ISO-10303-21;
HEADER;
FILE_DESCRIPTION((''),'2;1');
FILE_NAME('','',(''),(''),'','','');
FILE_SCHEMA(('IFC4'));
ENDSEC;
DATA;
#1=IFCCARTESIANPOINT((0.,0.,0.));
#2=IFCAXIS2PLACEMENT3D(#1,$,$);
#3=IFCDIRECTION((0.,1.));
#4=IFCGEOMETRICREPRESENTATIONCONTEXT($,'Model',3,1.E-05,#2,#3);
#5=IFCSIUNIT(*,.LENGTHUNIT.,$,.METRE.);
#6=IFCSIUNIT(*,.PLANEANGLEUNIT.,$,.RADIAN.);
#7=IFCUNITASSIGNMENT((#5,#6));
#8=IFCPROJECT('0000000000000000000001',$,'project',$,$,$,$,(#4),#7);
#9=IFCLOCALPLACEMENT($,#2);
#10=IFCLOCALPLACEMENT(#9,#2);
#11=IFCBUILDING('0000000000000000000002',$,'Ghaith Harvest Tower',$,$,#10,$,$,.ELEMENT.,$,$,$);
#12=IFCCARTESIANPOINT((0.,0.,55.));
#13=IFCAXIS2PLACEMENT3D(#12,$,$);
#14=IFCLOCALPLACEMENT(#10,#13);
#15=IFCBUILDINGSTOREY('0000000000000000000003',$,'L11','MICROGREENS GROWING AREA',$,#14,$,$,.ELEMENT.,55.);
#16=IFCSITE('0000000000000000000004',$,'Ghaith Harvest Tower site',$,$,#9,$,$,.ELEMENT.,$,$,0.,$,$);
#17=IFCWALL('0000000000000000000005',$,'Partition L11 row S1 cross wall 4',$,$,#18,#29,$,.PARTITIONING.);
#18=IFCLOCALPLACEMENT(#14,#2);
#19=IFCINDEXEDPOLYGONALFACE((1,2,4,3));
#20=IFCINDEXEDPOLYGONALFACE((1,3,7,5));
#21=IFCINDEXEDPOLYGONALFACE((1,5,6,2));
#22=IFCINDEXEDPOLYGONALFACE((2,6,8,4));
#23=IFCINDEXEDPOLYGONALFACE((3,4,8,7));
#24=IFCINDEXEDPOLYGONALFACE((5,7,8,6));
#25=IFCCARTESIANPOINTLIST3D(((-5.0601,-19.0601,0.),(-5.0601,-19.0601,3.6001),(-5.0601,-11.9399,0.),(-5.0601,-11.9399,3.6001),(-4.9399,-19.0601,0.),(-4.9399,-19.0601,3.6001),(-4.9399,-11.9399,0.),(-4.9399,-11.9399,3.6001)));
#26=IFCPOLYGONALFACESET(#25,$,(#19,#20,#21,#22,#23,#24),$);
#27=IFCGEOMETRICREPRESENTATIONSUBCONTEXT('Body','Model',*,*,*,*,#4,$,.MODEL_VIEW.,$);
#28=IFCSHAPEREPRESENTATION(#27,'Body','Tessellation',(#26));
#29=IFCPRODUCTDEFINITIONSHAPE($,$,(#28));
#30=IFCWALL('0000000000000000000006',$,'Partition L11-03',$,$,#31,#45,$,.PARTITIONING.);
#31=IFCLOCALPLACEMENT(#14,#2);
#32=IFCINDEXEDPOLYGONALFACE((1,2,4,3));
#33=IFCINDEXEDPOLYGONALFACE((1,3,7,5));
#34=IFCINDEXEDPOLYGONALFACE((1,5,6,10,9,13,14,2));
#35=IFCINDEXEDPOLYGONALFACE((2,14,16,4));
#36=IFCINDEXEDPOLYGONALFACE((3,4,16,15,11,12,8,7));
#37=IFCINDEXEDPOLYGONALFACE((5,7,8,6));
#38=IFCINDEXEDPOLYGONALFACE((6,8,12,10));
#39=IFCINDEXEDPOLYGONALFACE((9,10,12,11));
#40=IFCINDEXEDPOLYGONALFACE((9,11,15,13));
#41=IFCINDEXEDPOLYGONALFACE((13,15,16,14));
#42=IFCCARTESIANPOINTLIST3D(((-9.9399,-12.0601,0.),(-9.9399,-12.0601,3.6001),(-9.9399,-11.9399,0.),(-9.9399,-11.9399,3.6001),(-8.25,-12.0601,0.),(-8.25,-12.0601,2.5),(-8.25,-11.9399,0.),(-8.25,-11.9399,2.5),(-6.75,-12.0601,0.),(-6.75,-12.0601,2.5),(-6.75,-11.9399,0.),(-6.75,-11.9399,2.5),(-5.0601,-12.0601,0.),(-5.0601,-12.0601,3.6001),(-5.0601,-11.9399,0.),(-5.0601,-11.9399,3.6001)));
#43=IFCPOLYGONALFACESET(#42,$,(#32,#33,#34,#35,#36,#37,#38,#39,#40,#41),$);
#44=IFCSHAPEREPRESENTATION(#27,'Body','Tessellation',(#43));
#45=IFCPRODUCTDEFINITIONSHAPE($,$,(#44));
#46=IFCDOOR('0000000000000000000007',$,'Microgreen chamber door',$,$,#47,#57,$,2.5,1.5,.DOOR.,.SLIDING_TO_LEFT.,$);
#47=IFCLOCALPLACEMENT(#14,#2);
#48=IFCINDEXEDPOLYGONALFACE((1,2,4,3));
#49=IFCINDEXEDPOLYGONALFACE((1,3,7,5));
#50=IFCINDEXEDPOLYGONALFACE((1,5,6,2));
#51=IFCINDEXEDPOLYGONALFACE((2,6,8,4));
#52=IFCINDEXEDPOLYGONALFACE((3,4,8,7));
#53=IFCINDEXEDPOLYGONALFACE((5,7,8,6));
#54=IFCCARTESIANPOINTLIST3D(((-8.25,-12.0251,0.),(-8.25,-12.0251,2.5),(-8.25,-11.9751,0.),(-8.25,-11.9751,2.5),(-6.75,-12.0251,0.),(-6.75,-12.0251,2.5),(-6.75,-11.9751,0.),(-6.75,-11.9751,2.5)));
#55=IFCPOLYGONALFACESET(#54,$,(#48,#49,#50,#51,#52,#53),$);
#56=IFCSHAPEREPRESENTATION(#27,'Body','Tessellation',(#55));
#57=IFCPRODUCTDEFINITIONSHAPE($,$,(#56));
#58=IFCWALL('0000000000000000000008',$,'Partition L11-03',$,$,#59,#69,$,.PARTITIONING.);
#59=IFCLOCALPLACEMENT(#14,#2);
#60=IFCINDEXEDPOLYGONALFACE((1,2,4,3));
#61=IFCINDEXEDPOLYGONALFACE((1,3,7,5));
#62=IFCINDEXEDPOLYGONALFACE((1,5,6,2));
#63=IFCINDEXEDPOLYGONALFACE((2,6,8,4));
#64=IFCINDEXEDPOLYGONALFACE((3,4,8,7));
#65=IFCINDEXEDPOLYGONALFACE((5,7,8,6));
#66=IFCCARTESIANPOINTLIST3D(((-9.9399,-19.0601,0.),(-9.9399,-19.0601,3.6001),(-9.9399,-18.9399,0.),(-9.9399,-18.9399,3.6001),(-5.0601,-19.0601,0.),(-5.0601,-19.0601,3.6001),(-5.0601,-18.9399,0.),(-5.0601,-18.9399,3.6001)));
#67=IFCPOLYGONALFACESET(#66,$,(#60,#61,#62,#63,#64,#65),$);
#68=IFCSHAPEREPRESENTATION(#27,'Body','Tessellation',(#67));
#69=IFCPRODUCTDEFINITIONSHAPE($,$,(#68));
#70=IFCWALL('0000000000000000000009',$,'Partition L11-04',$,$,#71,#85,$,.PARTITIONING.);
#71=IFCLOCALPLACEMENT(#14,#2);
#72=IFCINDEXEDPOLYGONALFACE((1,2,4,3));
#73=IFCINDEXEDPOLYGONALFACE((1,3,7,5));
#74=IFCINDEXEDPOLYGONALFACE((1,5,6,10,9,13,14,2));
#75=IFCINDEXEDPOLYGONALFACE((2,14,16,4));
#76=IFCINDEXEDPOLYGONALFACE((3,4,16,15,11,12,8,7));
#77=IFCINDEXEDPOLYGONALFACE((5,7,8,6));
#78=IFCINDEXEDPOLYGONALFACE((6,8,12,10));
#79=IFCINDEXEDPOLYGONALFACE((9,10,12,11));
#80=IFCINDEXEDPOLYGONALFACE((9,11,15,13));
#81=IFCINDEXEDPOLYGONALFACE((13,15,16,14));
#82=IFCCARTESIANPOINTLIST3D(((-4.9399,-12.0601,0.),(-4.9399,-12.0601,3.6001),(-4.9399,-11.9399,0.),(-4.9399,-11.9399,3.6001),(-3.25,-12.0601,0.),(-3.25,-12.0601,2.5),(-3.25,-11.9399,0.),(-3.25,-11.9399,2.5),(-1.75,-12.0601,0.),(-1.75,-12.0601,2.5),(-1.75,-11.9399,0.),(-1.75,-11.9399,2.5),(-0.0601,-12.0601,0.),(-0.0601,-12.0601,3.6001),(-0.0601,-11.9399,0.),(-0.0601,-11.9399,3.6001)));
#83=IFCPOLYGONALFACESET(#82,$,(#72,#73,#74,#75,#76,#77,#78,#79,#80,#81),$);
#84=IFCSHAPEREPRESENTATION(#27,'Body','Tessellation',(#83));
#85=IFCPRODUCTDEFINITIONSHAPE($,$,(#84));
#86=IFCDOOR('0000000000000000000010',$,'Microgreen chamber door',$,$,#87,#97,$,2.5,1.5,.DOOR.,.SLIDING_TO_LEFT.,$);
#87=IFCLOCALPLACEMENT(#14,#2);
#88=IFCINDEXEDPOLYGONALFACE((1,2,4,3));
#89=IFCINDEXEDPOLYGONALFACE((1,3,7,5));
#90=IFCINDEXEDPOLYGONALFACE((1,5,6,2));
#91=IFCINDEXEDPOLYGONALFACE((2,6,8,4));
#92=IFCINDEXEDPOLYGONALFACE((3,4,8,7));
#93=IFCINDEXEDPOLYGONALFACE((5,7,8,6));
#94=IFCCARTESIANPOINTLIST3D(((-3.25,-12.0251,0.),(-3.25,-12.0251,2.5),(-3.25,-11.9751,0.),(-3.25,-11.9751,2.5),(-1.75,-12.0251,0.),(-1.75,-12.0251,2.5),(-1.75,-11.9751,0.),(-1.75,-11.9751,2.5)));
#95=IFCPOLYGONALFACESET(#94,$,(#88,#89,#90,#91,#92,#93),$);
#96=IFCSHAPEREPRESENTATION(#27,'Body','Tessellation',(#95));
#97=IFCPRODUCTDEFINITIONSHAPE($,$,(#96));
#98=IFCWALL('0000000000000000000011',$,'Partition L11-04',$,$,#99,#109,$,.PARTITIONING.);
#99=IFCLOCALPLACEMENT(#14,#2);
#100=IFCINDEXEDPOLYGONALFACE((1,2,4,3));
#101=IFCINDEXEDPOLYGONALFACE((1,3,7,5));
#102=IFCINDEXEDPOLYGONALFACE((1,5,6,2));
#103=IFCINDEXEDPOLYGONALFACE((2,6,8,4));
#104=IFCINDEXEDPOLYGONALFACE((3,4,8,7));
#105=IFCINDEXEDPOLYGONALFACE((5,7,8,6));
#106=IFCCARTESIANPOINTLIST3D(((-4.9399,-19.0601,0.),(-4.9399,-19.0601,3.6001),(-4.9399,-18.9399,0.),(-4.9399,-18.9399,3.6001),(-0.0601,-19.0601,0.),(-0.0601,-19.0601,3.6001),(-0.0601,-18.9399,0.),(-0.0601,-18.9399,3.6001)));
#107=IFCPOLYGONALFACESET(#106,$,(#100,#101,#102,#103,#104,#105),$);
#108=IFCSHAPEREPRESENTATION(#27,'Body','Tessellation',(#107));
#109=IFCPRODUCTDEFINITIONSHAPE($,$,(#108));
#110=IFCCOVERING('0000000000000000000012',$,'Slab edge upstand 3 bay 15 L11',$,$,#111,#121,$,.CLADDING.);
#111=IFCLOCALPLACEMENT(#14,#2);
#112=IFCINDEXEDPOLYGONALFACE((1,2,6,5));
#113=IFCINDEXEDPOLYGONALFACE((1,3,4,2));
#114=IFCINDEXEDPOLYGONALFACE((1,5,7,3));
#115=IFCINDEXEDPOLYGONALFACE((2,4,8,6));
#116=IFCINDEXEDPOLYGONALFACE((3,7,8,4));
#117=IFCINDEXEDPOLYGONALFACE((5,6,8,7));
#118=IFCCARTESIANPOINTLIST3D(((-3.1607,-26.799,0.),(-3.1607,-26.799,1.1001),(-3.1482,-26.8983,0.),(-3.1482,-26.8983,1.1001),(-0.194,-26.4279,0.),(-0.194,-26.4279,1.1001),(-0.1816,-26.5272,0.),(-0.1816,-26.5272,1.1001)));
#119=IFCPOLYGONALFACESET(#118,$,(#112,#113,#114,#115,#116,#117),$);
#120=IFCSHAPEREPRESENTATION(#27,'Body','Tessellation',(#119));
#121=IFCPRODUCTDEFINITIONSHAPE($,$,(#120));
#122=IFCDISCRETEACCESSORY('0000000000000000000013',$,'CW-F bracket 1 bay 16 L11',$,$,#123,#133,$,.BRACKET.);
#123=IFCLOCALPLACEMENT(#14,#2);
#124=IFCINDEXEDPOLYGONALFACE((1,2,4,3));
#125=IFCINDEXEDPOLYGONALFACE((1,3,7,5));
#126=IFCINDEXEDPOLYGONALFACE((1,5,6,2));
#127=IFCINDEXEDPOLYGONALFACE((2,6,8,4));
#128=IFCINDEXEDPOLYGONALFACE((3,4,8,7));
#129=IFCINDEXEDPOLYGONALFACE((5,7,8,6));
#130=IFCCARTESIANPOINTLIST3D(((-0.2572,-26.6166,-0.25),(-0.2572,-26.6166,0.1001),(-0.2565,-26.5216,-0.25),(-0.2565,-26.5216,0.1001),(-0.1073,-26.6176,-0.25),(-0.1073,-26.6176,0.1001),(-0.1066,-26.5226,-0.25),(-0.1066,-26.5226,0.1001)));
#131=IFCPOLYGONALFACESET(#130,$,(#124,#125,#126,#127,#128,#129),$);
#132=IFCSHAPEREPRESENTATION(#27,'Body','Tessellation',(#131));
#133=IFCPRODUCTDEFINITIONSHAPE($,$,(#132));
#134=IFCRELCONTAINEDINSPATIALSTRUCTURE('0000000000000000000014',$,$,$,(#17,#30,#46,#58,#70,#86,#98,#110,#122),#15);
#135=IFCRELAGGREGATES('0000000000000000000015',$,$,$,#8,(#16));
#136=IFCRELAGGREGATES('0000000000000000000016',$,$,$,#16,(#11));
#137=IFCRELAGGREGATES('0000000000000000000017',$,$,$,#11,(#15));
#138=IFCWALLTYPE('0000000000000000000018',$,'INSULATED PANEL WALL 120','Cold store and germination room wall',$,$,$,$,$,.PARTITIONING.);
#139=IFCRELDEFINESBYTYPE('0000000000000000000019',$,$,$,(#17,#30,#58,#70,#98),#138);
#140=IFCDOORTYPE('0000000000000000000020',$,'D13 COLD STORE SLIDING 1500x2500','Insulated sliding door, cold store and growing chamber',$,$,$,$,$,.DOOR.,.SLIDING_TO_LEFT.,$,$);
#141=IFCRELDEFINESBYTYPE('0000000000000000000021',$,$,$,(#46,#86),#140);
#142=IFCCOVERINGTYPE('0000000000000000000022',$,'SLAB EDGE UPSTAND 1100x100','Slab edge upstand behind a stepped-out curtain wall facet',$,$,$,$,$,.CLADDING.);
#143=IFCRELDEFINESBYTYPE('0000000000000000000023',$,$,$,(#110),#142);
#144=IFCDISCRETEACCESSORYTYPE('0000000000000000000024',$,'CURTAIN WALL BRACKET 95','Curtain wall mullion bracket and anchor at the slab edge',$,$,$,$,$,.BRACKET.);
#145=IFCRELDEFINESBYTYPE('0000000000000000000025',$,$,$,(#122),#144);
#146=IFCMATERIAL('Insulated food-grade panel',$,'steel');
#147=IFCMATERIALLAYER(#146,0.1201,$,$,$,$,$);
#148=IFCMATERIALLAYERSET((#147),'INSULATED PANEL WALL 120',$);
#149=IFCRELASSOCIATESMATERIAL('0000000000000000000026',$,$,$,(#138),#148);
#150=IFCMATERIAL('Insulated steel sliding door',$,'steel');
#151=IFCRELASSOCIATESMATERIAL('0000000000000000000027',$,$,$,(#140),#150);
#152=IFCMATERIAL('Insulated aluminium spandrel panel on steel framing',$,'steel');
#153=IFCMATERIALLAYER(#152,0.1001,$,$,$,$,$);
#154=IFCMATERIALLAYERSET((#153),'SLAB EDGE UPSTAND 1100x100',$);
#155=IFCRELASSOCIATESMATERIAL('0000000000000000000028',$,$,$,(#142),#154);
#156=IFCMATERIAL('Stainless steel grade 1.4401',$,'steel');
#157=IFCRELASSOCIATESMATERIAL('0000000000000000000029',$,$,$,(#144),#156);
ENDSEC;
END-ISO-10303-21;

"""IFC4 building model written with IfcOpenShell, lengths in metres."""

from ifc_helpers import new_model, si_unit, direction, frame, frame_2d, origin, origin_2d, place, context, subcontext, project, spatial, rectangle, extrude, material, layer, layer_set, type_object, element, fill, save


model = new_model("IFC4")

# Units and contexts
model_context = context("Model", 3, precision=1e-05, world=origin(), true_north=direction((0.0, 1.0)))
body_context = subcontext(model_context, "Body", "Model", "MODEL_VIEW")
ifc_project = project(units=[si_unit("LENGTHUNIT", "METRE"), si_unit("PLANEANGLEUNIT", "RADIAN")], contexts=[model_context])

# Site, building, storey
site_placement = place(None, origin())
site = spatial("IfcSite", under=ifc_project, at=site_placement, Name="Ghaith Harvest Tower site", CompositionType="ELEMENT", RefElevation=0.0)
building_placement = place(site_placement, origin())
building = spatial("IfcBuilding", under=site, at=building_placement, Name="Ghaith Harvest Tower", CompositionType="ELEMENT")
storey_placement = place(building_placement, frame((0.0, 0.0, 55.0)))
storey = spatial("IfcBuildingStorey", under=building, at=storey_placement, Name="L11", Description="MICROGREENS GROWING AREA", CompositionType="ELEMENT", Elevation=55.0)

# Wall
ifc_material_1 = material(Name="Insulated food-grade panel", Category="steel")
ifc_layer_1 = layer(ifc_material_1, 0.1201)
ifc_layer_set_1 = layer_set([ifc_layer_1], Name="INSULATED PANEL WALL 120")
wall_type = type_object("IfcWallType", Name="INSULATED PANEL WALL 120", Description="Cold store and germination room wall", PredefinedType="PARTITIONING", material=ifc_layer_set_1)
for number, where, z_axis, x_axis, name in (
    (1, (-5.0, -11.9399, 0.0), (0.0, 0.0, 1.0), (0.0, -1.0, 0.0), "Partition L11 row S1 cross wall 4"),
):
    element("IfcWall", number, at=place(storey_placement, frame(where, z_axis=z_axis, x_axis=x_axis)), inside=storey, type_object=wall_type, Name=name, PredefinedType="PARTITIONING", context=body_context, shape_type="SweptSolid", body=[
        extrude(rectangle(XDim=7.1201, YDim=0.1201, at=frame_2d((3.5601, 0.0))), origin(), (0.0, 0.0, 1.0), 3.6001),
    ])

# Wall, opening, door
wall_1_placement = place(storey_placement, frame((-9.9399, -12.0, 0.0), z_axis=(0.0, 0.0, 1.0), x_axis=(1.0, 0.0, 0.0)))
wall_1 = element("IfcWall", 2, at=wall_1_placement, inside=storey, type_object=wall_type, Name="Partition L11-03", PredefinedType="PARTITIONING", context=body_context, shape_type="SweptSolid", body=[
    extrude(rectangle(XDim=4.8799, YDim=0.1201, at=frame_2d((2.4399, 0.0))), origin(), (0.0, 0.0, 1.0), 3.6001),
])
opening_1_placement = place(wall_1_placement, frame((1.6899, 0.0, 0.0)))
opening_1 = element("IfcOpeningElement", 3, at=opening_1_placement, cuts=wall_1, PredefinedType="OPENING", context=body_context, shape_type="SweptSolid", body=[
    extrude(rectangle(XDim=1.5, YDim=2.5, at=frame_2d((0.75, 1.25))), frame((0.0, 0.0701, 0.0), z_axis=(0.0, -1.0, 0.0), x_axis=(1.0, 0.0, 0.0)), (0.0, 0.0, 1.0), 0.1401),
])
ifc_material_2 = material(Name="Insulated steel sliding door", Category="steel")
door_type = type_object("IfcDoorType", Name="D13 COLD STORE SLIDING 1500x2500", Description="Insulated sliding door, cold store and growing chamber", OperationType="SLIDING_TO_LEFT", PredefinedType="DOOR", material=ifc_material_2)
door_1_placement = place(opening_1_placement, origin())
door_1 = element("IfcDoor", 4, at=door_1_placement, inside=storey, type_object=door_type, Name="Microgreen chamber door", OperationType="SLIDING_TO_LEFT", OverallHeight=2.5, OverallWidth=1.5, PredefinedType="DOOR", context=body_context, shape_type="SweptSolid", body=[
    extrude(rectangle(XDim=1.5, YDim=2.5, at=frame_2d((0.75, 1.25))), frame((0.0, 0.0249, 0.0), z_axis=(0.0, -1.0, 0.0), x_axis=(1.0, 0.0, 0.0)), (0.0, 0.0, 1.0), 0.05),
])
fill(opening_1, door_1)

# Wall
wall_2_placement = place(storey_placement, frame((-9.9399, -19.0, 0.0), z_axis=(0.0, 0.0, 1.0), x_axis=(1.0, 0.0, 0.0)))
element("IfcWall", 5, at=wall_2_placement, inside=storey, type_object=wall_type, Name="Partition L11-03", PredefinedType="PARTITIONING", context=body_context, shape_type="SweptSolid", body=[
    extrude(rectangle(XDim=4.8799, YDim=0.1201, at=frame_2d((2.4399, 0.0))), origin(), (0.0, 0.0, 1.0), 3.6001),
])

# Wall, opening, door
wall_3_placement = place(storey_placement, frame((-4.9399, -12.0, 0.0), z_axis=(0.0, 0.0, 1.0), x_axis=(1.0, 0.0, 0.0)))
wall_3 = element("IfcWall", 6, at=wall_3_placement, inside=storey, type_object=wall_type, Name="Partition L11-04", PredefinedType="PARTITIONING", context=body_context, shape_type="SweptSolid", body=[
    extrude(rectangle(XDim=4.8799, YDim=0.1201, at=frame_2d((2.4399, 0.0))), origin(), (0.0, 0.0, 1.0), 3.6001),
])
opening_2_placement = place(wall_3_placement, frame((1.6899, 0.0, 0.0)))
opening_2 = element("IfcOpeningElement", 7, at=opening_2_placement, cuts=wall_3, PredefinedType="OPENING", context=body_context, shape_type="SweptSolid", body=[
    extrude(rectangle(XDim=1.5, YDim=2.5, at=frame_2d((0.75, 1.25))), frame((0.0, 0.0701, 0.0), z_axis=(0.0, -1.0, 0.0), x_axis=(1.0, 0.0, 0.0)), (0.0, 0.0, 1.0), 0.1401),
])
door_2_placement = place(opening_2_placement, origin())
door_2 = element("IfcDoor", 8, at=door_2_placement, inside=storey, type_object=door_type, Name="Microgreen chamber door", OperationType="SLIDING_TO_LEFT", OverallHeight=2.5, OverallWidth=1.5, PredefinedType="DOOR", context=body_context, shape_type="SweptSolid", body=[
    extrude(rectangle(XDim=1.5, YDim=2.5, at=frame_2d((0.75, 1.25))), frame((0.0, 0.0249, 0.0), z_axis=(0.0, -1.0, 0.0), x_axis=(1.0, 0.0, 0.0)), (0.0, 0.0, 1.0), 0.05),
])
fill(opening_2, door_2)

# Wall
wall_4_placement = place(storey_placement, frame((-4.9399, -19.0, 0.0), z_axis=(0.0, 0.0, 1.0), x_axis=(1.0, 0.0, 0.0)))
element("IfcWall", 9, at=wall_4_placement, inside=storey, type_object=wall_type, Name="Partition L11-04", PredefinedType="PARTITIONING", context=body_context, shape_type="SweptSolid", body=[
    extrude(rectangle(XDim=4.8799, YDim=0.1201, at=frame_2d((2.4399, 0.0))), origin(), (0.0, 0.0, 1.0), 3.6001),
])

# Covering
ifc_material_3 = material(Name="Insulated aluminium spandrel panel on steel framing", Category="steel")
ifc_layer_2 = layer(ifc_material_3, 0.1001)
ifc_layer_set_2 = layer_set([ifc_layer_2], Name="SLAB EDGE UPSTAND 1100x100")
covering_type = type_object("IfcCoveringType", Name="SLAB EDGE UPSTAND 1100x100", Description="Slab edge upstand behind a stepped-out curtain wall facet", PredefinedType="CLADDING", material=ifc_layer_set_2)
covering_placement = place(storey_placement, frame((-1.6711, -26.6631, 0.0), z_axis=(0.0, 0.0, 1.0), x_axis=(0.992265, 0.124139, 0.0)))
element("IfcCovering", 10, at=covering_placement, inside=storey, type_object=covering_type, Name="Slab edge upstand 3 bay 15 L11", PredefinedType="CLADDING", context=body_context, shape_type="SweptSolid", body=[
    extrude(rectangle(XDim=2.9897, YDim=0.1001, at=origin_2d()), origin(), (0.0, 0.0, 1.0), 1.1001),
])

# Discrete accessory
ifc_material_4 = material(Name="Stainless steel grade 1.4401", Category="steel")
discrete_accessory_type = type_object("IfcDiscreteAccessoryType", Name="CURTAIN WALL BRACKET 95", Description="Curtain wall mullion bracket and anchor at the slab edge", PredefinedType="BRACKET", material=ifc_material_4)
discrete_accessory_placement = place(storey_placement, frame((-0.1819, -26.5696, -0.25), z_axis=(0.0, 0.0, 1.0), x_axis=(-0.006844, -0.999977, 0.0)))
element("IfcDiscreteAccessory", 11, at=discrete_accessory_placement, inside=storey, type_object=discrete_accessory_type, Name="CW-F bracket 1 bay 16 L11", PredefinedType="BRACKET", context=body_context, shape_type="SweptSolid", body=[
    extrude(rectangle(XDim=0.095, YDim=0.1499, at=origin_2d()), origin(), (0.0, 0.0, 1.0), 0.3501),
])

save(model, "model.ifc")
